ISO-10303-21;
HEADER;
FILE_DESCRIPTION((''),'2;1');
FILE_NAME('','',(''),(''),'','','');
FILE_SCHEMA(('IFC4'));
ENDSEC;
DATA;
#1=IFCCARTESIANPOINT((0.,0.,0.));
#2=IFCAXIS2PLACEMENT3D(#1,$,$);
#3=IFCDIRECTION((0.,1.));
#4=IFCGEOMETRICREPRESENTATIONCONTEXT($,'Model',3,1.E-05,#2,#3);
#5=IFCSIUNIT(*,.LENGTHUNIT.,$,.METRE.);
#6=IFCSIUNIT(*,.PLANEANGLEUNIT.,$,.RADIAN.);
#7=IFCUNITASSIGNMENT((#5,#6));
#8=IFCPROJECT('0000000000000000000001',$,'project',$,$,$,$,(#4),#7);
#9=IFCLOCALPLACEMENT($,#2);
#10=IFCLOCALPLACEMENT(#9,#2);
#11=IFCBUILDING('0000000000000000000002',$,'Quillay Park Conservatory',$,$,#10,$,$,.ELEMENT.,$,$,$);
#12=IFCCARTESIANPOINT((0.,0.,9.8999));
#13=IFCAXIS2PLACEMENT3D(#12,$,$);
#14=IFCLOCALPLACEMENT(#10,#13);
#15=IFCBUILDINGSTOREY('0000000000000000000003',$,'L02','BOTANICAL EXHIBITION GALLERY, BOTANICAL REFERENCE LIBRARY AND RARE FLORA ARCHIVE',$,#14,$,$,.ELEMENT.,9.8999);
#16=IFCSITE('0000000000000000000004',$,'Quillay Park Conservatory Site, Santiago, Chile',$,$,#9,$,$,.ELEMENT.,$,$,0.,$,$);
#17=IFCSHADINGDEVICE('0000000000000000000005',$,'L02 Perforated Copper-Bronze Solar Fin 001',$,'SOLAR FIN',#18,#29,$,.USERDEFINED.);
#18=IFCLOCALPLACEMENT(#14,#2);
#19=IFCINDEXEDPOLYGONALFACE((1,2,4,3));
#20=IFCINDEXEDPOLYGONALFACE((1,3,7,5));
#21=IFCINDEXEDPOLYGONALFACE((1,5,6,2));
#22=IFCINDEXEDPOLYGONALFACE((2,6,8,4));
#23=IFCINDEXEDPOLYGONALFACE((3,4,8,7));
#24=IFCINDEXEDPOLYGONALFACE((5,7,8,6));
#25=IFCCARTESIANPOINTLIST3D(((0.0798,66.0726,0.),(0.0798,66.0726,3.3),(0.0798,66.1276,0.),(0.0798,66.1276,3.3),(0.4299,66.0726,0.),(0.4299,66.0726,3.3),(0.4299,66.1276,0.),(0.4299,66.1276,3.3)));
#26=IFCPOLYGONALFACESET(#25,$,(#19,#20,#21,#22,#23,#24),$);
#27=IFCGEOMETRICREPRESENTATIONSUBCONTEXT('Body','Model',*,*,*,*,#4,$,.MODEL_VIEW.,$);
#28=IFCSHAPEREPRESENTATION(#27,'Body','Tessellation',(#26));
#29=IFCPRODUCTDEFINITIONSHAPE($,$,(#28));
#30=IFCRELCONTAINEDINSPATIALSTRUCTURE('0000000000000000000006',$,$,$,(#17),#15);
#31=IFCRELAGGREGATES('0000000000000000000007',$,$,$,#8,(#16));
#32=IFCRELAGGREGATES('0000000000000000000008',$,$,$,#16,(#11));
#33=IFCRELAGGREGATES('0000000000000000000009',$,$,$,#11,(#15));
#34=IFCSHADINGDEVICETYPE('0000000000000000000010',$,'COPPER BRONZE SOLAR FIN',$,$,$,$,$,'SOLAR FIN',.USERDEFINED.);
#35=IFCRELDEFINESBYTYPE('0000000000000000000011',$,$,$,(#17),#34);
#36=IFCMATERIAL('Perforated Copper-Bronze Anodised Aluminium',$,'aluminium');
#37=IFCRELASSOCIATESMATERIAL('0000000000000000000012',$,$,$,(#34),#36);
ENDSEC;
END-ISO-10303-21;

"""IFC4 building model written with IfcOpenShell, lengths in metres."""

from ifc_helpers import new_model, si_unit, direction, frame, origin, origin_2d, place, context, subcontext, project, spatial, rectangle, extrude, material, type_object, element, save


model = new_model("IFC4")

# Units and contexts
model_context = context("Model", 3, precision=1e-05, world=origin(), true_north=direction((0.0, 1.0)))
body_context = subcontext(model_context, "Body", "Model", "MODEL_VIEW")
ifc_project = project(units=[si_unit("LENGTHUNIT", "METRE"), si_unit("PLANEANGLEUNIT", "RADIAN")], contexts=[model_context])

# Site, building, storey
site_placement = place(None, origin())
site = spatial("IfcSite", under=ifc_project, at=site_placement, Name="Quillay Park Conservatory Site, Santiago, Chile", CompositionType="ELEMENT", RefElevation=0.0)
building_placement = place(site_placement, origin())
building = spatial("IfcBuilding", under=site, at=building_placement, Name="Quillay Park Conservatory", CompositionType="ELEMENT")
storey_placement = place(building_placement, frame((0.0, 0.0, 9.8999)))
storey = spatial("IfcBuildingStorey", under=building, at=storey_placement, Name="L02", Description="BOTANICAL EXHIBITION GALLERY, BOTANICAL REFERENCE LIBRARY AND RARE FLORA ARCHIVE", CompositionType="ELEMENT", Elevation=9.8999)

# Shading device
ifc_material_1 = material(Name="Perforated Copper-Bronze Anodised Aluminium", Category="aluminium")
shading_device_type = type_object("IfcShadingDeviceType", Name="COPPER BRONZE SOLAR FIN", ElementType="SOLAR FIN", PredefinedType="USERDEFINED", material=ifc_material_1)
shading_device_placement = place(storey_placement, frame((0.2549, 66.1001, 0.0), z_axis=(0.0, 0.0, 1.0), x_axis=(1.0, 0.0, 0.0)))
element("IfcShadingDevice", 1, at=shading_device_placement, inside=storey, type_object=shading_device_type, Name="L02 Perforated Copper-Bronze Solar Fin 001", ObjectType="SOLAR FIN", PredefinedType="USERDEFINED", context=body_context, shape_type="SweptSolid", body=[
    extrude(rectangle(XDim=0.3501, YDim=0.0549, at=origin_2d()), origin(), (0.0, 0.0, 1.0), 3.3),
])

save(model, "model.ifc")
